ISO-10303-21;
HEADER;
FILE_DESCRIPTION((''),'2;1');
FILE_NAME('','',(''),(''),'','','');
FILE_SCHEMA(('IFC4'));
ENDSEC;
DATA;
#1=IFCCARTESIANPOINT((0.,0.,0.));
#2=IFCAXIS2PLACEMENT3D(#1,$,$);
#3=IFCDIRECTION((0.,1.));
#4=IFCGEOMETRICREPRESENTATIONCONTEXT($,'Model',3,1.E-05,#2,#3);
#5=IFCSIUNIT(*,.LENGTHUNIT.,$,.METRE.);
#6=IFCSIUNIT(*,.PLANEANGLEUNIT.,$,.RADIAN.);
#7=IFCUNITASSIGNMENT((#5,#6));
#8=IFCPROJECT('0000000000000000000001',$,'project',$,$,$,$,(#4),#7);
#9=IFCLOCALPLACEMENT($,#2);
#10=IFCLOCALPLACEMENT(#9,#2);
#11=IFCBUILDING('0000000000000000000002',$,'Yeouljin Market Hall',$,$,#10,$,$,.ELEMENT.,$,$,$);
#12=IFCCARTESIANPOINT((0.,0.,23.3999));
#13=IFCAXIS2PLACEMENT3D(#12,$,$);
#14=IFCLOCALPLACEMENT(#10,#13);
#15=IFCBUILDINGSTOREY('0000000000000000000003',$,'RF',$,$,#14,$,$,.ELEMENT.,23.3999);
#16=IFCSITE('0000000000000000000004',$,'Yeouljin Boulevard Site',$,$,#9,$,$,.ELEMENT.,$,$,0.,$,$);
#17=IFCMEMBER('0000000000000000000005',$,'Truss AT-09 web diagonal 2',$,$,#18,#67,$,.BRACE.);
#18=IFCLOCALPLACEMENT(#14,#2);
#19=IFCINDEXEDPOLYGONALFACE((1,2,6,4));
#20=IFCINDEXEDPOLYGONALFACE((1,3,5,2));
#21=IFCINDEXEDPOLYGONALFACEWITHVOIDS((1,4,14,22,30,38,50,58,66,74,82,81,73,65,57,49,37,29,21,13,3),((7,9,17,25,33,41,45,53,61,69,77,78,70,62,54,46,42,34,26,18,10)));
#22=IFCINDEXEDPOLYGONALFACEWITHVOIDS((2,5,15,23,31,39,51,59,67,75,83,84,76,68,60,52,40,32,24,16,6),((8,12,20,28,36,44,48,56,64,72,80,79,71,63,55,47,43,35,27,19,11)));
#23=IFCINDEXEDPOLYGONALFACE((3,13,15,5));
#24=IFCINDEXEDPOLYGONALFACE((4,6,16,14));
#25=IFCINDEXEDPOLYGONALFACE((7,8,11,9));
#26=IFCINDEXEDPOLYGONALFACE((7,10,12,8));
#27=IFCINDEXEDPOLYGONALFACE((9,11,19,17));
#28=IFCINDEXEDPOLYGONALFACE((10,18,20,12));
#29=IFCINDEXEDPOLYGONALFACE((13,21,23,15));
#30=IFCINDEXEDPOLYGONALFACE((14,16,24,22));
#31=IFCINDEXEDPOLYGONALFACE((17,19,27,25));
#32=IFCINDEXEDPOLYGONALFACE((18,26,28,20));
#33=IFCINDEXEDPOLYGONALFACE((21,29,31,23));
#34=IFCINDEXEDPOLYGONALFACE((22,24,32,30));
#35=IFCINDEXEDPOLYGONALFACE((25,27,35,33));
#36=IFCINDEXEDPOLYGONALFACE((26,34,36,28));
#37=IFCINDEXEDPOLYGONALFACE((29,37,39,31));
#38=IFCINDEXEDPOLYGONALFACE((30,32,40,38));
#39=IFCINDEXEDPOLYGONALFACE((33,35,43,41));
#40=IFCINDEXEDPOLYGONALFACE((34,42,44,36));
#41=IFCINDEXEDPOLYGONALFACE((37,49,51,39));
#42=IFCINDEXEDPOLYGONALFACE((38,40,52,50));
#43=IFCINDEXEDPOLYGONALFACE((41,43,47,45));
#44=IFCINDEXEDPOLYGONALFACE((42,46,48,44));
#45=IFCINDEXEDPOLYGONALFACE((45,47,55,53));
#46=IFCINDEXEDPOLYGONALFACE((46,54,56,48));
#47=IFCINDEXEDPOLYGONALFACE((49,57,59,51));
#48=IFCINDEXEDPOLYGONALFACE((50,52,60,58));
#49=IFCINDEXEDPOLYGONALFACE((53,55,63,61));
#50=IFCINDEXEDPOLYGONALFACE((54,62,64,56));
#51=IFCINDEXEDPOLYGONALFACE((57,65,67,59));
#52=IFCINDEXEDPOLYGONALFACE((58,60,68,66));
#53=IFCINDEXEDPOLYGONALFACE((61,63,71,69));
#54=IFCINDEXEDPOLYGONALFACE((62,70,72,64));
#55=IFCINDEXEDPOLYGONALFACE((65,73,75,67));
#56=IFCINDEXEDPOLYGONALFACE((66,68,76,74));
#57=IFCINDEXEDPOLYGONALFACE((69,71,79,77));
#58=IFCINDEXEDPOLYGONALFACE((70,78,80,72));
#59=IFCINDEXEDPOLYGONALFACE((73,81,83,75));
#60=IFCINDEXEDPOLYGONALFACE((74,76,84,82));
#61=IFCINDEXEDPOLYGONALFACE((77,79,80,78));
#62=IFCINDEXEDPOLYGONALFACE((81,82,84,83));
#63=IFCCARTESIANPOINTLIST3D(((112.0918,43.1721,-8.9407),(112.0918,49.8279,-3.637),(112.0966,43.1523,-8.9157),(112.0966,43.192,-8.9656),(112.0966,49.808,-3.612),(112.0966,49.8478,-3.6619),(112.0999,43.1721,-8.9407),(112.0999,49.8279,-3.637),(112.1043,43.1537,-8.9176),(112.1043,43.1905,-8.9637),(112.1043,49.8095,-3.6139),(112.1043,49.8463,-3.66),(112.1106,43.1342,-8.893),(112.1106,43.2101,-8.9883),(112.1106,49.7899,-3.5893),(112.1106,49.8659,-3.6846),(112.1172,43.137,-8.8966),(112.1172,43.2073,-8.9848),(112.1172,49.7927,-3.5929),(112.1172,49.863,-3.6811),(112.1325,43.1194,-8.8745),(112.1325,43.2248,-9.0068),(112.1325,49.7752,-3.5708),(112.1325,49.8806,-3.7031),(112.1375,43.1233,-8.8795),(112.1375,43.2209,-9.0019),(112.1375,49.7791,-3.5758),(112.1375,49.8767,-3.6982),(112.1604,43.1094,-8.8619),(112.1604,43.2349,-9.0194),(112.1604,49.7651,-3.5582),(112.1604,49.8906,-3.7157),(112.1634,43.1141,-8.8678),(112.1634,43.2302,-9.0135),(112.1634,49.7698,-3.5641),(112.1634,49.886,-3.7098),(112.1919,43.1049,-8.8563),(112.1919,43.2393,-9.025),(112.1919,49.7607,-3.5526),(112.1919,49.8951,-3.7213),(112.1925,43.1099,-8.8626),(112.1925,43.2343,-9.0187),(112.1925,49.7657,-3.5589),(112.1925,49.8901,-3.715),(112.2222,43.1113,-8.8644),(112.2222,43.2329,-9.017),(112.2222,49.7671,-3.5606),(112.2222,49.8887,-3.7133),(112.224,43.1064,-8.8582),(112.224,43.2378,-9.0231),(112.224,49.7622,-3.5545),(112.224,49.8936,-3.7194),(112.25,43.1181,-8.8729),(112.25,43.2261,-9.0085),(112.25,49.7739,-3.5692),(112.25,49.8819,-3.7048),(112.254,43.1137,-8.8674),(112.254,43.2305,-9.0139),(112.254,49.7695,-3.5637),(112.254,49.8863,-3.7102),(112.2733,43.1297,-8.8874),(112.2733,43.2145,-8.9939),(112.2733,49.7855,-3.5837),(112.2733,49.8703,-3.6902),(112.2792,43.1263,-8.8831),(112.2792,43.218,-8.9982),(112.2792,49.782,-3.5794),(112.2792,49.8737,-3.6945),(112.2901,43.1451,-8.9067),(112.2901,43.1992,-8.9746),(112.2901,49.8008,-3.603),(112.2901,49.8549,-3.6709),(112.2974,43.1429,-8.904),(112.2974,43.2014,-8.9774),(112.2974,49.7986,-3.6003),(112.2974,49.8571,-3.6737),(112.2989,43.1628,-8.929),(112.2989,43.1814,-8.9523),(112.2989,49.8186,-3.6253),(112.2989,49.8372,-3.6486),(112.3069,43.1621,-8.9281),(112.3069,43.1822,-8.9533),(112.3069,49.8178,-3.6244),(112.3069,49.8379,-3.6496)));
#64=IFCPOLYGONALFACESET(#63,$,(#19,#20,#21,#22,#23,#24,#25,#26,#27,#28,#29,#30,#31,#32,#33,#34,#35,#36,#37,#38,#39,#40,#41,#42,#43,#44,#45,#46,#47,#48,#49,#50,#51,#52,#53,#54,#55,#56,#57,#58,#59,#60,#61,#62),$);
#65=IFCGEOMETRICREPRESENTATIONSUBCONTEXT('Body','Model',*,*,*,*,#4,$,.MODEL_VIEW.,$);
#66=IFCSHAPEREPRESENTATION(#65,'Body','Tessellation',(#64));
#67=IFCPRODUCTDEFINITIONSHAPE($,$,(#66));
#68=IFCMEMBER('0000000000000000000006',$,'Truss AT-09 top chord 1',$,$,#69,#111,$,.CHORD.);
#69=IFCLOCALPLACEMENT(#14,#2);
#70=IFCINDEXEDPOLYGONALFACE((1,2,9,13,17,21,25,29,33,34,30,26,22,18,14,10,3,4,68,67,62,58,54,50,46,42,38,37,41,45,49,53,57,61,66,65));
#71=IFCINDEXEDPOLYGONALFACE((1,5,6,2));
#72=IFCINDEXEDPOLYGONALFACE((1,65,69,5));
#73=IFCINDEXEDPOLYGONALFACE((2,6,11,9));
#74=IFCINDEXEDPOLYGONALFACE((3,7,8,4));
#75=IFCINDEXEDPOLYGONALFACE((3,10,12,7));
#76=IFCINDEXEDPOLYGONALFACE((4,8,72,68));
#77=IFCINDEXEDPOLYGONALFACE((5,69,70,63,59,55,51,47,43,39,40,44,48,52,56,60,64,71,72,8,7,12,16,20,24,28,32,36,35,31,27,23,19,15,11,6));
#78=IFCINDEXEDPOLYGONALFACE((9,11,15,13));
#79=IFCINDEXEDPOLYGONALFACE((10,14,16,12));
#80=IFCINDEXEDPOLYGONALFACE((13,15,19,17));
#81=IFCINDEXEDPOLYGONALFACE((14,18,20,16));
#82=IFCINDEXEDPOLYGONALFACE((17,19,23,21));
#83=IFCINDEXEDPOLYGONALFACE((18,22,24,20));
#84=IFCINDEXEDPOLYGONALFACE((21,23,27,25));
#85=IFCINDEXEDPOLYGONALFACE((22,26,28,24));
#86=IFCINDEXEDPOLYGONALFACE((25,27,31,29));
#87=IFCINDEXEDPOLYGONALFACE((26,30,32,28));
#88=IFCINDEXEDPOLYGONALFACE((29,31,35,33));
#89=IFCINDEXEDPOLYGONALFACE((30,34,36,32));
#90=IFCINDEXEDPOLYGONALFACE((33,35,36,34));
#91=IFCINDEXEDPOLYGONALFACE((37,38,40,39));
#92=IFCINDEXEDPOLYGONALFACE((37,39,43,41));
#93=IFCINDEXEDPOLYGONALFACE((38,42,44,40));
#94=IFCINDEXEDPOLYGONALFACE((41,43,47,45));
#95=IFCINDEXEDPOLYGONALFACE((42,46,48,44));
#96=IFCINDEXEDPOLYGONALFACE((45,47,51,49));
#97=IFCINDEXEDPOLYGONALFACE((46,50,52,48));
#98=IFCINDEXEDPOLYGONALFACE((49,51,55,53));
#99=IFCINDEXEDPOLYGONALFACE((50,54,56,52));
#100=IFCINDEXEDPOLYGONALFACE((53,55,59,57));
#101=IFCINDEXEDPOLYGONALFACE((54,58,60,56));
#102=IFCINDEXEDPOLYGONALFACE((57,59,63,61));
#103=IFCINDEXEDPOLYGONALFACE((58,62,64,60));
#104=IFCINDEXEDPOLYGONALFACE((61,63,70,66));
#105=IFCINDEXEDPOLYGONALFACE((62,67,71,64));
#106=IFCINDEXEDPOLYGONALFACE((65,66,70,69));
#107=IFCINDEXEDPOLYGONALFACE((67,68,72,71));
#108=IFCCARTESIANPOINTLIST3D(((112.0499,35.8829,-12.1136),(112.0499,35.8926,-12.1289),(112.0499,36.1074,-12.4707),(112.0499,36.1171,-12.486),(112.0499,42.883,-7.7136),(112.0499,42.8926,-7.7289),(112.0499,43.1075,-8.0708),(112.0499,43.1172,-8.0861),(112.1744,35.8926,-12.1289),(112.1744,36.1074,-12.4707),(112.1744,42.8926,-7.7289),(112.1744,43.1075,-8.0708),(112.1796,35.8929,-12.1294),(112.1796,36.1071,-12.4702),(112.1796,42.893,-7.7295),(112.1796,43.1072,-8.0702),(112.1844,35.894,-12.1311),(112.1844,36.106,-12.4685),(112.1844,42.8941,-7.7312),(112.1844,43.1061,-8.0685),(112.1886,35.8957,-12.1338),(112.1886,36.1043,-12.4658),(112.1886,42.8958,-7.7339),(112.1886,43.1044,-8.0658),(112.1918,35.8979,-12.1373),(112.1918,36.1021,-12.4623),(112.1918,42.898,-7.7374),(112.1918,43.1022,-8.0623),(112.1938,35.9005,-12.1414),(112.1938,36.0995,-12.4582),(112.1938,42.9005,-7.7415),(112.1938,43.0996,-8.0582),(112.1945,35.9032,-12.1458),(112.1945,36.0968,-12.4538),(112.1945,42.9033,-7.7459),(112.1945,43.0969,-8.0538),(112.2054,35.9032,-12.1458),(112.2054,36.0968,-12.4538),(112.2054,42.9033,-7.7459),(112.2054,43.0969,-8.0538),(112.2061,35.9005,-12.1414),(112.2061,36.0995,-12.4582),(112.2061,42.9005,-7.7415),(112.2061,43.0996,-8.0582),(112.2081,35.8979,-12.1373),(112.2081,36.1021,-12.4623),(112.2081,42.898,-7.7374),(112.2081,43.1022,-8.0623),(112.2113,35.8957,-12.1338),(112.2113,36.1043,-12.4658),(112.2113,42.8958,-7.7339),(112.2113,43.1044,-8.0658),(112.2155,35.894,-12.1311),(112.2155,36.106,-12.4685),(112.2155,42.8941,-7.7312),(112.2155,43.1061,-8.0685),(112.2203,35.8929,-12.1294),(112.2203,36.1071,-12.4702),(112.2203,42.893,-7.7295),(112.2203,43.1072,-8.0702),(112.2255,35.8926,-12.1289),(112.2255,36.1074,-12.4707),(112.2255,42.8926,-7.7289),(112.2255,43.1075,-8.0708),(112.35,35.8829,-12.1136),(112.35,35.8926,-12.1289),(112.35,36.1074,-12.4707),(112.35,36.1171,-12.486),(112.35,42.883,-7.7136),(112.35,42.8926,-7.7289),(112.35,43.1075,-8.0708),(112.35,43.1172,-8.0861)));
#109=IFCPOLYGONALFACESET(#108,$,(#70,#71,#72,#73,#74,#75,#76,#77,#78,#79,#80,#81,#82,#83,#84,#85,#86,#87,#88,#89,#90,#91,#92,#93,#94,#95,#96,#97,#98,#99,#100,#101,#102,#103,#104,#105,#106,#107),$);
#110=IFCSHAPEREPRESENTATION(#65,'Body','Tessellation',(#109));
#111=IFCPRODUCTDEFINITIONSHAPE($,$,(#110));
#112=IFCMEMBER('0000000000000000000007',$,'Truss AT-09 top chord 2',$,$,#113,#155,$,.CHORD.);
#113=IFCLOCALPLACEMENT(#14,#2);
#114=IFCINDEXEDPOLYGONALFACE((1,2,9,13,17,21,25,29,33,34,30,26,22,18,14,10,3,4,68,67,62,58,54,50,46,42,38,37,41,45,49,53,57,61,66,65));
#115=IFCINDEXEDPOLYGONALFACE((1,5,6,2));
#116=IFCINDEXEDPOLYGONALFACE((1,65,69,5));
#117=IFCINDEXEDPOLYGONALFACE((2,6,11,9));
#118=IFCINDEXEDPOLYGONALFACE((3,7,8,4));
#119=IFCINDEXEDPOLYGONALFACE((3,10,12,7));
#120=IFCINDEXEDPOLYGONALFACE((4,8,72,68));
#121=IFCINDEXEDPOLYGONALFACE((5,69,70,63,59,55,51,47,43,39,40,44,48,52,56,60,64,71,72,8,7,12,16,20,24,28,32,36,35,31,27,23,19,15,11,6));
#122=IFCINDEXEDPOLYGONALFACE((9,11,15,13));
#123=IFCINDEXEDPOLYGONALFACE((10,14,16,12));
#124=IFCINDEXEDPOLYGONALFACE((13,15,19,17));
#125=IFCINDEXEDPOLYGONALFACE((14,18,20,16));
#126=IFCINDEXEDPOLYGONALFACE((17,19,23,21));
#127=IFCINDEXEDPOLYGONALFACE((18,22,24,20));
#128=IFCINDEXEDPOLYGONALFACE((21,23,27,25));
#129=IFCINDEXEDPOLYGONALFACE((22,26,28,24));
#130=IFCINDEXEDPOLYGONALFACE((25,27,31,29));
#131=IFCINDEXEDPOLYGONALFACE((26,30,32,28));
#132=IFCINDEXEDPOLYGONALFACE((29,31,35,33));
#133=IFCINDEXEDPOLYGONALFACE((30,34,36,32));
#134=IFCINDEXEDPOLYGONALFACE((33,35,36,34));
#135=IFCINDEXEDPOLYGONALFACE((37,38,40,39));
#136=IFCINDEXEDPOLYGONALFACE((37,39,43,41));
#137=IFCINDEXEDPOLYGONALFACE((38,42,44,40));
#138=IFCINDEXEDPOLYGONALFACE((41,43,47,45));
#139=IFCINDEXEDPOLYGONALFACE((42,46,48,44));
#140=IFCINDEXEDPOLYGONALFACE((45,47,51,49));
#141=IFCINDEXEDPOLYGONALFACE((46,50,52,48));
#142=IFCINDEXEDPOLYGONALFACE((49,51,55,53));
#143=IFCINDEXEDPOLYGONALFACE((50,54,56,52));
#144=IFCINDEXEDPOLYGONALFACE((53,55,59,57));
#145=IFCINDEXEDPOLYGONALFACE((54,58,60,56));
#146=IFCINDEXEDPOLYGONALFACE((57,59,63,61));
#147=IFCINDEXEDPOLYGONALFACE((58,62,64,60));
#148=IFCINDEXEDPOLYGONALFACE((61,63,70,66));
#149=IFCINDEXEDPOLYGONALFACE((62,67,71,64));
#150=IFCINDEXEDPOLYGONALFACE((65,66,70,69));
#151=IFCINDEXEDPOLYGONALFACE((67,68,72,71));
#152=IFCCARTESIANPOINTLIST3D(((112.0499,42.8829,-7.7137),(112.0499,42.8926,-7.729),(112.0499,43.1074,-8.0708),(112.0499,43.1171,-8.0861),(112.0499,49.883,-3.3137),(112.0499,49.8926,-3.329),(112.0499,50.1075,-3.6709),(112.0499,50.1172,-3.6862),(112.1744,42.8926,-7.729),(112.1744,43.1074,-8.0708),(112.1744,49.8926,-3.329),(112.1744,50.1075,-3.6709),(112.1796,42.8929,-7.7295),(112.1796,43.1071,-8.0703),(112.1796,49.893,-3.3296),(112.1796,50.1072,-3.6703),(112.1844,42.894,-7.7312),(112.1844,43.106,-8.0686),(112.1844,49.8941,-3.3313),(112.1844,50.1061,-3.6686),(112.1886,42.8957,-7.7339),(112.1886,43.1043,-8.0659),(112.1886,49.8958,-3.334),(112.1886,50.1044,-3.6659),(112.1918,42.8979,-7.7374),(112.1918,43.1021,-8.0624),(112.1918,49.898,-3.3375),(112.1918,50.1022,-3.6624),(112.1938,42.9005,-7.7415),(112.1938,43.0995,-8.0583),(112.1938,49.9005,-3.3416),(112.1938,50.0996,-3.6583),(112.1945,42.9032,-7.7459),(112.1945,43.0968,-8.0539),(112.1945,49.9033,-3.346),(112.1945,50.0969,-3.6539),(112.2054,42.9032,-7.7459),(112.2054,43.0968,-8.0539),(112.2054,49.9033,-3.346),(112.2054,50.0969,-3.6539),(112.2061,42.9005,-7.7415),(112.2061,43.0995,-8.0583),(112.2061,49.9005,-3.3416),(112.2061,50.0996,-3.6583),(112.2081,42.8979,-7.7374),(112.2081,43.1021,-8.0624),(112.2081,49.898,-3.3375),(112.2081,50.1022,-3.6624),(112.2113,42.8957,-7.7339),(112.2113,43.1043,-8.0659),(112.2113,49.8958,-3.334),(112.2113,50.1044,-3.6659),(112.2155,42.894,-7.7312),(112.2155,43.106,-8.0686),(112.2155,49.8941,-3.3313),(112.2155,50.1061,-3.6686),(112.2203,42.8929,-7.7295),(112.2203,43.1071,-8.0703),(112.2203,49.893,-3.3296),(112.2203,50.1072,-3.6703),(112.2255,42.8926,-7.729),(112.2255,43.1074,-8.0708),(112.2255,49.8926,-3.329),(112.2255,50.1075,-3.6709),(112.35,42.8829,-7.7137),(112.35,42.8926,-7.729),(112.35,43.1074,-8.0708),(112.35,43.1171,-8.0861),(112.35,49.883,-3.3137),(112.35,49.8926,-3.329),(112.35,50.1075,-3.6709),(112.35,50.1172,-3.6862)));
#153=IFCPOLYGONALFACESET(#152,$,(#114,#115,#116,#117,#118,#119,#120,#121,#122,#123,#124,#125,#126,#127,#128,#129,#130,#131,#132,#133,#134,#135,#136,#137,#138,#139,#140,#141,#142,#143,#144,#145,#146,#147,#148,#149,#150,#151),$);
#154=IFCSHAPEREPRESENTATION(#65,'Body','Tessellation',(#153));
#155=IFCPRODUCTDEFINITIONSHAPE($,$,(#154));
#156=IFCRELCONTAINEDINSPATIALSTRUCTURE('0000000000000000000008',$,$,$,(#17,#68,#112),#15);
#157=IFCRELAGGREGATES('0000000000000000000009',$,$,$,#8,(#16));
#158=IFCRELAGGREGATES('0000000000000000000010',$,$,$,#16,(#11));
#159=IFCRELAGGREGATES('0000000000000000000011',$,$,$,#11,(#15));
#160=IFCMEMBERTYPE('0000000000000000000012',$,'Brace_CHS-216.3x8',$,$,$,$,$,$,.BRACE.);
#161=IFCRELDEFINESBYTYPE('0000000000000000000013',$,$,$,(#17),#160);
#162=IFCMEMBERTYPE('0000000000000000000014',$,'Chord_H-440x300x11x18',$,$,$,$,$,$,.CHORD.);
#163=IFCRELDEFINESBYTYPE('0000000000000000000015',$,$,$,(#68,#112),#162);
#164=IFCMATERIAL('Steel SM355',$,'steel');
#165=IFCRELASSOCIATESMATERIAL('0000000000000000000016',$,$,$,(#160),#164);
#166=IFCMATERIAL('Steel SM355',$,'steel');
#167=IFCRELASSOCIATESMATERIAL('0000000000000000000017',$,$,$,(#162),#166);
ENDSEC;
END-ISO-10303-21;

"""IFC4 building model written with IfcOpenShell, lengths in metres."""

from ifc_helpers import new_model, si_unit, direction, frame, origin, origin_2d, place, context, subcontext, project, spatial, hollow_circle, i_section, extrude, material, material_profile, profile_set, type_object, element, save


model = new_model("IFC4")

# Units and contexts
model_context = context("Model", 3, precision=1e-05, world=origin(), true_north=direction((0.0, 1.0)))
body_context = subcontext(model_context, "Body", "Model", "MODEL_VIEW")
ifc_project = project(units=[si_unit("LENGTHUNIT", "METRE"), si_unit("PLANEANGLEUNIT", "RADIAN")], contexts=[model_context])

# Site, building, storey
site_placement = place(None, origin())
site = spatial("IfcSite", under=ifc_project, at=site_placement, Name="Yeouljin Boulevard Site", CompositionType="ELEMENT", RefElevation=0.0)
building_placement = place(site_placement, origin())
building = spatial("IfcBuilding", under=site, at=building_placement, Name="Yeouljin Market Hall", CompositionType="ELEMENT")
storey_placement = place(building_placement, frame((0.0, 0.0, 23.3999)))
storey = spatial("IfcBuildingStorey", under=building, at=storey_placement, Name="RF", CompositionType="ELEMENT", Elevation=23.3999)

# Members
ifc_material_1 = material(Name="Steel SM355", Category="steel")
ifc_material_profile_1 = material_profile(ifc_material_1, hollow_circle(Radius=0.1082, WallThickness=0.0081, at=origin_2d()), Name="CHS-216.3x8")
ifc_profile_set_1 = profile_set([ifc_material_profile_1], Name="Steel SM355")
member_type_1 = type_object("IfcMemberType", Name="Brace_CHS-216.3x8", PredefinedType="BRACE", material=ifc_profile_set_1)
for number, where, z_axis, x_axis, name in (
    (1, (112.2, 43.1721, -8.9407), (0.0, 0.782065, 0.623197), (-1.0, 0.0, 0.0), "Truss AT-09 web diagonal 2"),
):
    element("IfcMember", number, at=place(storey_placement, frame(where, z_axis=z_axis, x_axis=x_axis)), inside=storey, type_object=member_type_1, Name=name, PredefinedType="BRACE", context=body_context, shape_type="SweptSolid", body=[
        extrude(hollow_circle(Radius=0.1082, WallThickness=0.0081, at=origin_2d()), origin(), (0.0, 0.0, 1.0), 8.5105),
    ])
ifc_material_2 = material(Name="Steel SM355", Category="steel")
ifc_material_profile_2 = material_profile(ifc_material_2, i_section(OverallWidth=0.3, OverallDepth=0.4399, WebThickness=0.011, FlangeThickness=0.0181, FilletRadius=0.02, at=origin_2d()), Name="H-440x300x11x18")
ifc_profile_set_2 = profile_set([ifc_material_profile_2], Name="Steel SM355")
member_type_2 = type_object("IfcMemberType", Name="Chord_H-440x300x11x18", PredefinedType="CHORD", material=ifc_profile_set_2)
for number, where, z_axis, x_axis, name in (
    (2, (112.2, 36.0, -12.2998), (0.0, 0.846642, 0.532163), (-1.0, 0.0, 0.0), "Truss AT-09 top chord 1"),
    (3, (112.2, 43.0, -7.8999), (0.0, 0.846642, 0.532163), (-1.0, 0.0, 0.0), "Truss AT-09 top chord 2"),
):
    element("IfcMember", number, at=place(storey_placement, frame(where, z_axis=z_axis, x_axis=x_axis)), inside=storey, type_object=member_type_2, Name=name, PredefinedType="CHORD", context=body_context, shape_type="SweptSolid", body=[
        extrude(i_section(OverallWidth=0.3, OverallDepth=0.4399, WebThickness=0.011, FlangeThickness=0.0181, FilletRadius=0.02, at=origin_2d()), origin(), (0.0, 0.0, 1.0), 8.2681),
    ])

save(model, "model.ifc")
